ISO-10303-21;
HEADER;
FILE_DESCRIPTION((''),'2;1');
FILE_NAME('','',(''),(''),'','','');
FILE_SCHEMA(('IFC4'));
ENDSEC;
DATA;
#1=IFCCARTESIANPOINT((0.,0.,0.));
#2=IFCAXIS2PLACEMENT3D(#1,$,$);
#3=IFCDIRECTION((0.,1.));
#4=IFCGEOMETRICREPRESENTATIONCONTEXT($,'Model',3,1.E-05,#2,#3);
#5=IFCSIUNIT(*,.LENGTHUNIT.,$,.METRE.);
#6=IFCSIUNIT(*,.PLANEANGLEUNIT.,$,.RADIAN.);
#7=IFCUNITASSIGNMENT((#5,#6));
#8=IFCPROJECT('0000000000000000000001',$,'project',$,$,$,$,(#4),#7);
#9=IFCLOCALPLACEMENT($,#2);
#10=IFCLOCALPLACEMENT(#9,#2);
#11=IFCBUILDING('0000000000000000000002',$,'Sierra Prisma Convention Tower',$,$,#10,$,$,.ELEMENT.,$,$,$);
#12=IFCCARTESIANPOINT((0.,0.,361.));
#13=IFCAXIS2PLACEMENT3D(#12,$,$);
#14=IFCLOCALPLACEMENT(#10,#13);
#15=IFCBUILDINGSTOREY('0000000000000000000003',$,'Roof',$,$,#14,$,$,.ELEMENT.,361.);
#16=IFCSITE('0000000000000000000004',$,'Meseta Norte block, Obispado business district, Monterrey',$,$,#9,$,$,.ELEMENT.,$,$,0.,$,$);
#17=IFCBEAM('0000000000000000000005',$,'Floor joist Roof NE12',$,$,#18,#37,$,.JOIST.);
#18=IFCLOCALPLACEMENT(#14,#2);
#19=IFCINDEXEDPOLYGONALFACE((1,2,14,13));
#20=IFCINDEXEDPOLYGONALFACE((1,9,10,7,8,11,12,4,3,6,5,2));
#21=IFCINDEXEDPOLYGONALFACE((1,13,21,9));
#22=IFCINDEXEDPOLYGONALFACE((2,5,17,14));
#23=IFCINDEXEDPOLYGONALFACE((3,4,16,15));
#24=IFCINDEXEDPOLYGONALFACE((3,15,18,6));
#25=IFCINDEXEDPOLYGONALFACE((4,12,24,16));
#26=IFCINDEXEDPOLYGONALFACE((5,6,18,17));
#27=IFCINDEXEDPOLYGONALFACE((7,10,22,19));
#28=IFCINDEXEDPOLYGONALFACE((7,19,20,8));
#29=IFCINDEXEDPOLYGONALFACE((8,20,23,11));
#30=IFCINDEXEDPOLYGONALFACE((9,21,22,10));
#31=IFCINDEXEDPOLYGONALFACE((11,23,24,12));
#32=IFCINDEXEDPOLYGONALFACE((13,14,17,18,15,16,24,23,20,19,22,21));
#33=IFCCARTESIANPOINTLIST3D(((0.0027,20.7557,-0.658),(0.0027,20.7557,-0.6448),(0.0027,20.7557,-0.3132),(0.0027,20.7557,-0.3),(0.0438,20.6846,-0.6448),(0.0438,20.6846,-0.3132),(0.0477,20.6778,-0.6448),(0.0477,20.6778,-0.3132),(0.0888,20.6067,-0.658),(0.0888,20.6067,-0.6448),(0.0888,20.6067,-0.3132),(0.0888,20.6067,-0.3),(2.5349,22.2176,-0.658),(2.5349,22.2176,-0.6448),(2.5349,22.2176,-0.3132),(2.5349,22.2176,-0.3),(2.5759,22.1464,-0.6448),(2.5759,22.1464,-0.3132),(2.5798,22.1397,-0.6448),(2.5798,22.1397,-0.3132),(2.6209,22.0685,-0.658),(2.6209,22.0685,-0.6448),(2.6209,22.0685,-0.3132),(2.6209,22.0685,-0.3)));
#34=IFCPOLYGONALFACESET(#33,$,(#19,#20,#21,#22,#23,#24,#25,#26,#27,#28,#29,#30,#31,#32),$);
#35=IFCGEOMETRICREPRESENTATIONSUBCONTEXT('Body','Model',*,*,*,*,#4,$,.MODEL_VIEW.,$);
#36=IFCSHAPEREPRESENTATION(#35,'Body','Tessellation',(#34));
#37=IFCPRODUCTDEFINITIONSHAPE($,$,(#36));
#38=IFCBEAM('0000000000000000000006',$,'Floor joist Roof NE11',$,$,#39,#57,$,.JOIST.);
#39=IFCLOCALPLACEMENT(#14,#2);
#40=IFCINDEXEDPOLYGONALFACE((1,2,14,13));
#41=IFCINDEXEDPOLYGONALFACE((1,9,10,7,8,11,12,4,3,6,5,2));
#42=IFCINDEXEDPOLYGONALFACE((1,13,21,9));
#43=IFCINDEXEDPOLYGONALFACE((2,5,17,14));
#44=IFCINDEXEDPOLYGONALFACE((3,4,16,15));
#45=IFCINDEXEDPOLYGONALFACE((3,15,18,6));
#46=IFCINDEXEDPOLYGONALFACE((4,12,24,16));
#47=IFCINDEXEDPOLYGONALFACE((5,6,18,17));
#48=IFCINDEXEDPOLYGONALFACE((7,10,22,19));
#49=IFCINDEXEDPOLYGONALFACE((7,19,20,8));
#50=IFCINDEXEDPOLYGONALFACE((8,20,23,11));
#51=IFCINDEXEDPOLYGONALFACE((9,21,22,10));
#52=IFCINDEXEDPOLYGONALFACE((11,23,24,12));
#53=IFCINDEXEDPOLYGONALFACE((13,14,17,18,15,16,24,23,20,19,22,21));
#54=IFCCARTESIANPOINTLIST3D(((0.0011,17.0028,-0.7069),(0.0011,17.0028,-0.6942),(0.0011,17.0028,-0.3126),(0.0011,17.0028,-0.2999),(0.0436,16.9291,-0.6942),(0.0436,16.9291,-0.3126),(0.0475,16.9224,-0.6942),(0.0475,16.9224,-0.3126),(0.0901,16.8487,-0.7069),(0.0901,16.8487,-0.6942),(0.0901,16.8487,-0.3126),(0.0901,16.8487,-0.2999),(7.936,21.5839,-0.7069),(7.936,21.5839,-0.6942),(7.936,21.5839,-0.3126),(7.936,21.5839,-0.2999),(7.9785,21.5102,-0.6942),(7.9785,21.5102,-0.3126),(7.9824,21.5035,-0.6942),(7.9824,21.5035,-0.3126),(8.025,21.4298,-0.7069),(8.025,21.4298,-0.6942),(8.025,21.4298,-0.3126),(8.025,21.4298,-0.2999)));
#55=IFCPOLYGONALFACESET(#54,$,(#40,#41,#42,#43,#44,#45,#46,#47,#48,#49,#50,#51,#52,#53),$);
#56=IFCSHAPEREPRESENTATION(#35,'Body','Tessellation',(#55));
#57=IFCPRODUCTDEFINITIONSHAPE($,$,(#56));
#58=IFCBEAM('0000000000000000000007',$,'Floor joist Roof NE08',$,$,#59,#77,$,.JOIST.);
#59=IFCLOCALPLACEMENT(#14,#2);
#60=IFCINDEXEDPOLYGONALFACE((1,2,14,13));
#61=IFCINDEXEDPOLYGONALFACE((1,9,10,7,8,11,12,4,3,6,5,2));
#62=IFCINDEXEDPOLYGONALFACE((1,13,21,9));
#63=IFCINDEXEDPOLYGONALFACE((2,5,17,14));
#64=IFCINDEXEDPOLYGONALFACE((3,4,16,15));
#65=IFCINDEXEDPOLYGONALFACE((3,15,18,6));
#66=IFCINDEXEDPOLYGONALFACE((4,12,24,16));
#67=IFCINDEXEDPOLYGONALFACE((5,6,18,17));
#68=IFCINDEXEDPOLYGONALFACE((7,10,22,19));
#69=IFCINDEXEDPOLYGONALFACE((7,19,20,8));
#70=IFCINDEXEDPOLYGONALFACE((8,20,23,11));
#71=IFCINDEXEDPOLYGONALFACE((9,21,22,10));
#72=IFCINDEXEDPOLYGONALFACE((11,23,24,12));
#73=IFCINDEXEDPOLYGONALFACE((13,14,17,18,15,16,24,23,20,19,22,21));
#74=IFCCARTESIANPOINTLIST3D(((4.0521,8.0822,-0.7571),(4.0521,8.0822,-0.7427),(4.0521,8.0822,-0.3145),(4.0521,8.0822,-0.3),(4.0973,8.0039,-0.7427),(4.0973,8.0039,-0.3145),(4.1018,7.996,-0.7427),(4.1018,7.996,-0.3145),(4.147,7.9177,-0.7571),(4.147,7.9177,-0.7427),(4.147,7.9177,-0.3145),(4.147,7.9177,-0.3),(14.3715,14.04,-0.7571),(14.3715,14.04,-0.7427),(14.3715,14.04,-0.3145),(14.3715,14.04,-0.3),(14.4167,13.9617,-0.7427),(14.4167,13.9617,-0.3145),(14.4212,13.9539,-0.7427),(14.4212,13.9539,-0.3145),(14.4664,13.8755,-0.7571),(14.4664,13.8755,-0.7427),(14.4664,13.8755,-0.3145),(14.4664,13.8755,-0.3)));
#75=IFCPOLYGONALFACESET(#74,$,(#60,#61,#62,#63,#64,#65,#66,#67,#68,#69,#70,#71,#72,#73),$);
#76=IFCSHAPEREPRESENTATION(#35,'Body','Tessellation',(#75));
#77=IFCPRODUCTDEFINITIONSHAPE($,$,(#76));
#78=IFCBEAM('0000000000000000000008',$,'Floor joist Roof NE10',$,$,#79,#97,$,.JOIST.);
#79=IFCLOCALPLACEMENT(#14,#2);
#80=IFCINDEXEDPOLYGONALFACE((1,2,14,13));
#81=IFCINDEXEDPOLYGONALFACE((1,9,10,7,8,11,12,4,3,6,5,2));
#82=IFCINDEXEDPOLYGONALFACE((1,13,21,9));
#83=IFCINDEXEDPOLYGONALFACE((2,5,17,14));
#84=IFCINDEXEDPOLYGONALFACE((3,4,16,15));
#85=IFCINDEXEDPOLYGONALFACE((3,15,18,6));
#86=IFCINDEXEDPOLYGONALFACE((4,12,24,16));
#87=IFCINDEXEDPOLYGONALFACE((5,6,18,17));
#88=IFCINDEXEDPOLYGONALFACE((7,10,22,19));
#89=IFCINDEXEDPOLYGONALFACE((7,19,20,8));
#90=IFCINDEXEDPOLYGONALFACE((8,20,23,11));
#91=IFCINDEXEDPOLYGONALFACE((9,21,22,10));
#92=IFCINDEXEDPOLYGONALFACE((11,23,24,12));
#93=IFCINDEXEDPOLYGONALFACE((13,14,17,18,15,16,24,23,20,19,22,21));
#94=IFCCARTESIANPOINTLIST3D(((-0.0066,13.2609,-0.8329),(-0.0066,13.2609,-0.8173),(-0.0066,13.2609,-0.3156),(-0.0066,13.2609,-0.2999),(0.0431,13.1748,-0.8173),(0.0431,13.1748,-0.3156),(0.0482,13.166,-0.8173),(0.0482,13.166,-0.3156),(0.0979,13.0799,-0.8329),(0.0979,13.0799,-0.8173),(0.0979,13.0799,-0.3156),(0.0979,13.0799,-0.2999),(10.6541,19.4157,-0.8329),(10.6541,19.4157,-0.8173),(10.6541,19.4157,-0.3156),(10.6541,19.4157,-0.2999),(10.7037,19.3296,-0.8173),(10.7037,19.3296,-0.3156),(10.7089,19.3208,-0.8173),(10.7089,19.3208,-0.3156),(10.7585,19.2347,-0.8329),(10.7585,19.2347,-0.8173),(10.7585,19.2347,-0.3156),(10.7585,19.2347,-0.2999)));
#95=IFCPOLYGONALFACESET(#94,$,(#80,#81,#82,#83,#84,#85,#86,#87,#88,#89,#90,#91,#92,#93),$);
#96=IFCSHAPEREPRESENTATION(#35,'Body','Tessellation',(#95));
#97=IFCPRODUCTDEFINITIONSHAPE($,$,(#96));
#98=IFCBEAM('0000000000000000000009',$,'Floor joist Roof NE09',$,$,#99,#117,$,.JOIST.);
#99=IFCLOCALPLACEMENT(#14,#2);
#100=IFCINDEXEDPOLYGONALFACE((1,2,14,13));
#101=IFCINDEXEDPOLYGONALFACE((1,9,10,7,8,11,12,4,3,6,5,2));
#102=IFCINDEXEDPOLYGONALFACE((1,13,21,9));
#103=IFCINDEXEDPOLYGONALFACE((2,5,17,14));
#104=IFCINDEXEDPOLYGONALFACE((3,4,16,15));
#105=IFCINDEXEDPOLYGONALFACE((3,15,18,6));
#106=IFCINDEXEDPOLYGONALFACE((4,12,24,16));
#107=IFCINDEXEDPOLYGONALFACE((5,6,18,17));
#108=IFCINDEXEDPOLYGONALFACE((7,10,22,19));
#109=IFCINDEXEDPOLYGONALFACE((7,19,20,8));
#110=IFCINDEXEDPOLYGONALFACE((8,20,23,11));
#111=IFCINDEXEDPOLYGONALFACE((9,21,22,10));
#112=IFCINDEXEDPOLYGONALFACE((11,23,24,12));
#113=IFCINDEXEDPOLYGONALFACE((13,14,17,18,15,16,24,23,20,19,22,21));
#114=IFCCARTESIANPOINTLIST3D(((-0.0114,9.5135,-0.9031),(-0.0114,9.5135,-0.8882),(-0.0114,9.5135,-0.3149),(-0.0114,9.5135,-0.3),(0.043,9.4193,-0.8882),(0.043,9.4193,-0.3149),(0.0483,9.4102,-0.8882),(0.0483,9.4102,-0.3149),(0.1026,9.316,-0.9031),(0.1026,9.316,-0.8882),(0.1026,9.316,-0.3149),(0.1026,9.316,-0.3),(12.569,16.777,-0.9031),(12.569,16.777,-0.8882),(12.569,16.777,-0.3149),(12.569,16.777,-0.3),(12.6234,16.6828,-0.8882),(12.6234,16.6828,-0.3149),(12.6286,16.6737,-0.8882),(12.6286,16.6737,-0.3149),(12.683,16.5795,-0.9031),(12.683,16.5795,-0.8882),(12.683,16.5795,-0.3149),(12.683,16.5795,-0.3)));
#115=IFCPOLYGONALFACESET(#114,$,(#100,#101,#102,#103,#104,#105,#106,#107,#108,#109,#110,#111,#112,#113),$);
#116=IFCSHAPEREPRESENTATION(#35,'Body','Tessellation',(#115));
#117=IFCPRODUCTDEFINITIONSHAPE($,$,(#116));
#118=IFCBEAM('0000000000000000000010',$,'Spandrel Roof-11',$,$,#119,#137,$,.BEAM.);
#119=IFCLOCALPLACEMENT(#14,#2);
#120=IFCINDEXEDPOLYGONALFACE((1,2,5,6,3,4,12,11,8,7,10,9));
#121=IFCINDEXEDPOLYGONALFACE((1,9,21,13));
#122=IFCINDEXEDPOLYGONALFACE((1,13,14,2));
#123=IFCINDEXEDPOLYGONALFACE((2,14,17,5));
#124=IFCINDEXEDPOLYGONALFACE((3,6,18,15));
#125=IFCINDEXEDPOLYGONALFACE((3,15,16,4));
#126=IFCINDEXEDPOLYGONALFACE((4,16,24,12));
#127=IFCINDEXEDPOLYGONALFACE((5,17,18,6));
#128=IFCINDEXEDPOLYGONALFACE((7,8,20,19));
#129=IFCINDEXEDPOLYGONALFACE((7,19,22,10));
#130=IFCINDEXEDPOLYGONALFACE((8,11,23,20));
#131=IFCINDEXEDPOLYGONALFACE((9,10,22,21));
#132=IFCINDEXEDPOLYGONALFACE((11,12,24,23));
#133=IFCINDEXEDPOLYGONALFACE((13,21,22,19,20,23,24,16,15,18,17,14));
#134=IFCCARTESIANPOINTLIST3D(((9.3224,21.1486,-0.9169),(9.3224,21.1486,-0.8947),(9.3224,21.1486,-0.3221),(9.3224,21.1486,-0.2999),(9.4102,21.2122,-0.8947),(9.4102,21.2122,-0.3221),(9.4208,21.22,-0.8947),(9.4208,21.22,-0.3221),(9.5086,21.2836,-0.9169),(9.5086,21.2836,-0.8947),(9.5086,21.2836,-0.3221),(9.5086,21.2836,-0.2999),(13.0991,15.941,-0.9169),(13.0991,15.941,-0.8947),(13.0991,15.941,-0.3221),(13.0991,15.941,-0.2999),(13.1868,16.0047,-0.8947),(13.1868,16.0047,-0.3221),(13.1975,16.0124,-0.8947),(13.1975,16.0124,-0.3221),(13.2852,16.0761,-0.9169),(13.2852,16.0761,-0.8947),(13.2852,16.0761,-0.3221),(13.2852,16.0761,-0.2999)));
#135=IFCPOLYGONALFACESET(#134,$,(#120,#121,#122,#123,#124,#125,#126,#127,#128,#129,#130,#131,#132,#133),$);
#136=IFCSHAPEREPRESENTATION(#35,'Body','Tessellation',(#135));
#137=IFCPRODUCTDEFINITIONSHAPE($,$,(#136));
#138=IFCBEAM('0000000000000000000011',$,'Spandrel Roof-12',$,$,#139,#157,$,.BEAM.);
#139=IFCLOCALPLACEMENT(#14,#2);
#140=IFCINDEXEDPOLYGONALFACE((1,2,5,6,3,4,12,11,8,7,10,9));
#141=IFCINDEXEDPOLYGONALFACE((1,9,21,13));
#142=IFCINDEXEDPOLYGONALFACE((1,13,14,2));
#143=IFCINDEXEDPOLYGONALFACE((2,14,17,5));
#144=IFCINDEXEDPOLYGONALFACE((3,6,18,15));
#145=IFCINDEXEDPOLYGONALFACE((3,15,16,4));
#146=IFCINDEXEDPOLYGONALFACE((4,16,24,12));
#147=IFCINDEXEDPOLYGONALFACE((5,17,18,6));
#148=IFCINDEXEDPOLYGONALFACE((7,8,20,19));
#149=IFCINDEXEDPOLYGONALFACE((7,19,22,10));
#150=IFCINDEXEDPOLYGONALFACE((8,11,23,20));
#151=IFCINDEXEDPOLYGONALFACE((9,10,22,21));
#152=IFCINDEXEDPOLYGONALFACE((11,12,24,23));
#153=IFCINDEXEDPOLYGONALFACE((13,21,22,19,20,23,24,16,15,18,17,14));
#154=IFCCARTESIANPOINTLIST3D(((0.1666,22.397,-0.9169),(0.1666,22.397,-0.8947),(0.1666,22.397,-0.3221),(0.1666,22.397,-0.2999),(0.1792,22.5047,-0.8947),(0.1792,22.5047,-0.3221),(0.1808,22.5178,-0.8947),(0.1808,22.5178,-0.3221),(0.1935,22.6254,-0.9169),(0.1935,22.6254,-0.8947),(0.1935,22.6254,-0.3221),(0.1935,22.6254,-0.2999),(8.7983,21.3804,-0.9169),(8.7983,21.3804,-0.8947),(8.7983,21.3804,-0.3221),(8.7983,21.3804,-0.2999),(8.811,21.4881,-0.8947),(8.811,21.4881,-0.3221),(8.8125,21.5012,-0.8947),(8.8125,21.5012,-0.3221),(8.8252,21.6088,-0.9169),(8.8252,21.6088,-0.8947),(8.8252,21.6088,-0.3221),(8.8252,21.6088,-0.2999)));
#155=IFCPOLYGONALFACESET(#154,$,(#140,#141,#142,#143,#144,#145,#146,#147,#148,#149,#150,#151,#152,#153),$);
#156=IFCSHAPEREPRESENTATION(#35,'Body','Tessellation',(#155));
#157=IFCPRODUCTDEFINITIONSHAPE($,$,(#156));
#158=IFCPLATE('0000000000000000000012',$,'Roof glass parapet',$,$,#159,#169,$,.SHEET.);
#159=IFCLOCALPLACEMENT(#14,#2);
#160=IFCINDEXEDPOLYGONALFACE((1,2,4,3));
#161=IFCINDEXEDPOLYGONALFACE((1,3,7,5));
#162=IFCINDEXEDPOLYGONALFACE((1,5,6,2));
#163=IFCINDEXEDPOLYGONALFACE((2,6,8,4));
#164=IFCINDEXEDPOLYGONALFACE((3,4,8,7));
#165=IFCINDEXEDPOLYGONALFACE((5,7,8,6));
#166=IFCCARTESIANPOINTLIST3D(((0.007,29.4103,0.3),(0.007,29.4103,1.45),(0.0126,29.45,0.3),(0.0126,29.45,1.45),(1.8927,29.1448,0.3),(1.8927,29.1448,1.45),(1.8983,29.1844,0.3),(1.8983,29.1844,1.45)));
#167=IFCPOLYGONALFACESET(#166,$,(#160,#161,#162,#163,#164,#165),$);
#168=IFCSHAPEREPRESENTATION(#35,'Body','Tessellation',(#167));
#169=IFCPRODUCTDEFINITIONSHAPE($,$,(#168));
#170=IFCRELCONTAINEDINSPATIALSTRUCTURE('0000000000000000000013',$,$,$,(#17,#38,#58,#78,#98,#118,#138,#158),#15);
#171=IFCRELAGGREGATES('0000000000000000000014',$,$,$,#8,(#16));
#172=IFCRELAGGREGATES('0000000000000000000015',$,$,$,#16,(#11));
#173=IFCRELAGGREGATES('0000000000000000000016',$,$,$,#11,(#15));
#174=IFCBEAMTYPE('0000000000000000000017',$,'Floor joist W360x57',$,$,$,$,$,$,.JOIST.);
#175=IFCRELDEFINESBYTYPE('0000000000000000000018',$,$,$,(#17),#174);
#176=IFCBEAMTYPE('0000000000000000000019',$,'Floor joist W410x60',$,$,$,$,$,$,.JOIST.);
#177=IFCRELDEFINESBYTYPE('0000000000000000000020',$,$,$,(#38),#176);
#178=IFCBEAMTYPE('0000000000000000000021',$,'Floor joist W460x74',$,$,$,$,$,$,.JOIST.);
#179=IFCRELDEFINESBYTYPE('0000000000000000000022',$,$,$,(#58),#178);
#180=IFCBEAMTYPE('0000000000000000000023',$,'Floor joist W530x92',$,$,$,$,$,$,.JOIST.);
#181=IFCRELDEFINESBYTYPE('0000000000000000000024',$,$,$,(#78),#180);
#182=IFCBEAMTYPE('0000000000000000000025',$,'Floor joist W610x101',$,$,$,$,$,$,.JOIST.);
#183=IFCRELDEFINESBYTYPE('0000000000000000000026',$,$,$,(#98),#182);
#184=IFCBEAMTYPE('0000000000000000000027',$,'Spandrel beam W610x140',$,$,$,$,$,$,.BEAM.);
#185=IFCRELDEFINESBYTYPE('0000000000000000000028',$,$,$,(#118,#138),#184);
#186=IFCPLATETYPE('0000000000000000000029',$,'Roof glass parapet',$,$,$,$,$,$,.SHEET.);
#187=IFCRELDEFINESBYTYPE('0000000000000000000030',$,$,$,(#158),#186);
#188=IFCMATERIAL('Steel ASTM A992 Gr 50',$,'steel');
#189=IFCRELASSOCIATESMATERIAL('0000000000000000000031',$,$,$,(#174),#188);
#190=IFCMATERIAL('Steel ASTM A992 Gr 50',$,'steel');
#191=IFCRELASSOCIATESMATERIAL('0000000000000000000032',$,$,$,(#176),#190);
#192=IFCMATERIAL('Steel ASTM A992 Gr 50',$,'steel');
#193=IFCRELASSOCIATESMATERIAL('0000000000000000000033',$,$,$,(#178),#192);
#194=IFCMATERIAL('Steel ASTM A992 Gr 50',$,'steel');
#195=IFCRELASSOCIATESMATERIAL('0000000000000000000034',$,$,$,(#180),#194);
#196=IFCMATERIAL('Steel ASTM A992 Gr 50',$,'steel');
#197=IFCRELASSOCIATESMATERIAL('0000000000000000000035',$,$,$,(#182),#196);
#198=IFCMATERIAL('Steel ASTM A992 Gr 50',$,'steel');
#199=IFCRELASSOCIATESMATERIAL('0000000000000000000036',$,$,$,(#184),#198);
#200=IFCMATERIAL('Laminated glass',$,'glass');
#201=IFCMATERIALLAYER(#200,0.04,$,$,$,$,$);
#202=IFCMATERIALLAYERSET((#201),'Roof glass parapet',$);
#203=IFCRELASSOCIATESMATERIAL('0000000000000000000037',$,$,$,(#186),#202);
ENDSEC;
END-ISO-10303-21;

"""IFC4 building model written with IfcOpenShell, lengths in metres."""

from ifc_helpers import new_model, si_unit, direction, frame, origin, origin_2d, place, context, subcontext, project, spatial, rectangle, i_section, extrude, material, layer, layer_set, material_profile, profile_set, type_object, element, save


model = new_model("IFC4")

# Units and contexts
model_context = context("Model", 3, precision=1e-05, world=origin(), true_north=direction((0.0, 1.0)))
body_context = subcontext(model_context, "Body", "Model", "MODEL_VIEW")
ifc_project = project(units=[si_unit("LENGTHUNIT", "METRE"), si_unit("PLANEANGLEUNIT", "RADIAN")], contexts=[model_context])

# Site, building, storey
site_placement = place(None, origin())
site = spatial("IfcSite", under=ifc_project, at=site_placement, Name="Meseta Norte block, Obispado business district, Monterrey", CompositionType="ELEMENT", RefElevation=0.0)
building_placement = place(site_placement, origin())
building = spatial("IfcBuilding", under=site, at=building_placement, Name="Sierra Prisma Convention Tower", CompositionType="ELEMENT")
storey_placement = place(building_placement, frame((0.0, 0.0, 361.0)))
storey = spatial("IfcBuildingStorey", under=building, at=storey_placement, Name="Roof", CompositionType="ELEMENT", Elevation=361.0)

# Beams
ifc_material_1 = material(Name="Steel ASTM A992 Gr 50", Category="steel")
ifc_material_profile_1 = material_profile(ifc_material_1, i_section(OverallWidth=0.1721, OverallDepth=0.3579, WebThickness=0.0078, FlangeThickness=0.0132, at=origin_2d()), Name="W360x57")
ifc_profile_set_1 = profile_set([ifc_material_profile_1], Name="Steel ASTM A992 Gr 50")
beam_type_1 = type_object("IfcBeamType", Name="Floor joist W360x57", PredefinedType="JOIST", material=ifc_profile_set_1)
beam_1_placement = place(storey_placement, frame((2.5779, 22.1431, -0.479), z_axis=(-0.866035, -0.499983, 0.0), x_axis=(0.499983, -0.866035, 0.0)))
element("IfcBeam", 1, at=beam_1_placement, inside=storey, type_object=beam_type_1, Name="Floor joist Roof NE12", PredefinedType="JOIST", context=body_context, shape_type="SweptSolid", body=[
    extrude(i_section(OverallWidth=0.1721, OverallDepth=0.3579, WebThickness=0.0078, FlangeThickness=0.0132, at=origin_2d()), origin(), (0.0, 0.0, 1.0), 2.9238),
])
ifc_material_2 = material(Name="Steel ASTM A992 Gr 50", Category="steel")
ifc_material_profile_2 = material_profile(ifc_material_2, i_section(OverallWidth=0.178, OverallDepth=0.407, WebThickness=0.0078, FlangeThickness=0.0127, at=origin_2d()), Name="W410x60")
ifc_profile_set_2 = profile_set([ifc_material_profile_2], Name="Steel ASTM A992 Gr 50")
beam_type_2 = type_object("IfcBeamType", Name="Floor joist W410x60", PredefinedType="JOIST", material=ifc_profile_set_2)
beam_2_placement = place(storey_placement, frame((7.9805, 21.5068, -0.5034), z_axis=(-0.866031, -0.499991, 0.0), x_axis=(0.499991, -0.866031, 0.0)))
element("IfcBeam", 2, at=beam_2_placement, inside=storey, type_object=beam_type_2, Name="Floor joist Roof NE11", PredefinedType="JOIST", context=body_context, shape_type="SweptSolid", body=[
    extrude(i_section(OverallWidth=0.178, OverallDepth=0.407, WebThickness=0.0078, FlangeThickness=0.0127, at=origin_2d()), origin(), (0.0, 0.0, 1.0), 9.1624),
])
ifc_material_3 = material(Name="Steel ASTM A992 Gr 50", Category="steel")
ifc_material_profile_3 = material_profile(ifc_material_3, i_section(OverallWidth=0.1899, OverallDepth=0.457, WebThickness=0.009, FlangeThickness=0.0144, at=origin_2d()), Name="W460x74")
ifc_profile_set_3 = profile_set([ifc_material_profile_3], Name="Steel ASTM A992 Gr 50")
beam_type_3 = type_object("IfcBeamType", Name="Floor joist W460x74", PredefinedType="JOIST", material=ifc_profile_set_3)
beam_3_placement = place(storey_placement, frame((14.4189, 13.9578, -0.5286), z_axis=(-0.866029, -0.499993, 0.0), x_axis=(0.499993, -0.866029, 0.0)))
element("IfcBeam", 3, at=beam_3_placement, inside=storey, type_object=beam_type_3, Name="Floor joist Roof NE08", PredefinedType="JOIST", context=body_context, shape_type="SweptSolid", body=[
    extrude(i_section(OverallWidth=0.1899, OverallDepth=0.457, WebThickness=0.009, FlangeThickness=0.0144, at=origin_2d()), origin(), (0.0, 0.0, 1.0), 11.9158),
])
ifc_material_4 = material(Name="Steel ASTM A992 Gr 50", Category="steel")
ifc_material_profile_4 = material_profile(ifc_material_4, i_section(OverallWidth=0.209, OverallDepth=0.533, WebThickness=0.0103, FlangeThickness=0.0156, at=origin_2d()), Name="W530x92")
ifc_profile_set_4 = profile_set([ifc_material_profile_4], Name="Steel ASTM A992 Gr 50")
beam_type_4 = type_object("IfcBeamType", Name="Floor joist W530x92", PredefinedType="JOIST", material=ifc_profile_set_4)
beam_4_placement = place(storey_placement, frame((10.7063, 19.3252, -0.5664), z_axis=(-0.86603, -0.499991, 0.0), x_axis=(0.499991, -0.86603, 0.0)))
element("IfcBeam", 4, at=beam_4_placement, inside=storey, type_object=beam_type_4, Name="Floor joist Roof NE10", PredefinedType="JOIST", context=body_context, shape_type="SweptSolid", body=[
    extrude(i_section(OverallWidth=0.209, OverallDepth=0.533, WebThickness=0.0103, FlangeThickness=0.0156, at=origin_2d()), origin(), (0.0, 0.0, 1.0), 12.3098),
])
ifc_material_5 = material(Name="Steel ASTM A992 Gr 50", Category="steel")
ifc_material_profile_5 = material_profile(ifc_material_5, i_section(OverallWidth=0.228, OverallDepth=0.603, WebThickness=0.0105, FlangeThickness=0.0149, at=origin_2d()), Name="W610x101")
ifc_profile_set_5 = profile_set([ifc_material_profile_5], Name="Steel ASTM A992 Gr 50")
beam_type_5 = type_object("IfcBeamType", Name="Floor joist W610x101", PredefinedType="JOIST", material=ifc_profile_set_5)
beam_5_placement = place(storey_placement, frame((12.626, 16.6782, -0.6016), z_axis=(-0.86602, -0.500009, 0.0), x_axis=(0.500009, -0.86602, 0.0)))
element("IfcBeam", 5, at=beam_5_placement, inside=storey, type_object=beam_type_5, Name="Floor joist Roof NE09", PredefinedType="JOIST", context=body_context, shape_type="SweptSolid", body=[
    extrude(i_section(OverallWidth=0.228, OverallDepth=0.603, WebThickness=0.0105, FlangeThickness=0.0149, at=origin_2d()), origin(), (0.0, 0.0, 1.0), 14.5266),
])
ifc_material_6 = material(Name="Steel ASTM A992 Gr 50", Category="steel")
ifc_material_profile_6 = material_profile(ifc_material_6, i_section(OverallWidth=0.23, OverallDepth=0.6169, WebThickness=0.0132, FlangeThickness=0.0222, at=origin_2d()), Name="W610x140")
ifc_profile_set_6 = profile_set([ifc_material_profile_6], Name="Steel ASTM A992 Gr 50")
beam_type_6 = type_object("IfcBeamType", Name="Spandrel beam W610x140", PredefinedType="BEAM", material=ifc_profile_set_6)
beam_6_placement = place(storey_placement, frame((13.1921, 16.0085, -0.6084), z_axis=(-0.587086, 0.809525, 0.0), x_axis=(-0.809525, -0.587086, 0.0)))
element("IfcBeam", 6, at=beam_6_placement, inside=storey, type_object=beam_type_6, Name="Spandrel Roof-11", PredefinedType="BEAM", context=body_context, shape_type="SweptSolid", body=[
    extrude(i_section(OverallWidth=0.23, OverallDepth=0.6169, WebThickness=0.0132, FlangeThickness=0.0222, at=origin_2d()), origin(), (0.0, 0.0, 1.0), 6.4329),
])
beam_7_placement = place(storey_placement, frame((8.8118, 21.4946, -0.6084), z_axis=(-0.993136, 0.116965, 0.0), x_axis=(-0.116965, -0.993136, 0.0)))
element("IfcBeam", 7, at=beam_7_placement, inside=storey, type_object=beam_type_6, Name="Spandrel Roof-12", PredefinedType="BEAM", context=body_context, shape_type="SweptSolid", body=[
    extrude(i_section(OverallWidth=0.23, OverallDepth=0.6169, WebThickness=0.0132, FlangeThickness=0.0222, at=origin_2d()), origin(), (0.0, 0.0, 1.0), 8.6914),
])

# Plate
ifc_material_7 = material(Name="Laminated glass", Category="glass")
ifc_layer_1 = layer(ifc_material_7, 0.04)
ifc_layer_set_1 = layer_set([ifc_layer_1], Name="Roof glass parapet")
plate_type = type_object("IfcPlateType", Name="Roof glass parapet", PredefinedType="SHEET", material=ifc_layer_set_1)
for number, where, z_axis, x_axis, name in (
    (8, (0.9526, 29.2974, 0.3), (0.0, 0.0, 1.0), (0.990227, -0.139462, 0.0), "Roof glass parapet"),
):
    element("IfcPlate", number, at=place(storey_placement, frame(where, z_axis=z_axis, x_axis=x_axis)), inside=storey, type_object=plate_type, Name=name, PredefinedType="SHEET", context=body_context, shape_type="SweptSolid", body=[
        extrude(rectangle(XDim=1.9043, YDim=0.04, at=origin_2d()), origin(), (0.0, 0.0, 1.0), 1.1499),
    ])

save(model, "model.ifc")
